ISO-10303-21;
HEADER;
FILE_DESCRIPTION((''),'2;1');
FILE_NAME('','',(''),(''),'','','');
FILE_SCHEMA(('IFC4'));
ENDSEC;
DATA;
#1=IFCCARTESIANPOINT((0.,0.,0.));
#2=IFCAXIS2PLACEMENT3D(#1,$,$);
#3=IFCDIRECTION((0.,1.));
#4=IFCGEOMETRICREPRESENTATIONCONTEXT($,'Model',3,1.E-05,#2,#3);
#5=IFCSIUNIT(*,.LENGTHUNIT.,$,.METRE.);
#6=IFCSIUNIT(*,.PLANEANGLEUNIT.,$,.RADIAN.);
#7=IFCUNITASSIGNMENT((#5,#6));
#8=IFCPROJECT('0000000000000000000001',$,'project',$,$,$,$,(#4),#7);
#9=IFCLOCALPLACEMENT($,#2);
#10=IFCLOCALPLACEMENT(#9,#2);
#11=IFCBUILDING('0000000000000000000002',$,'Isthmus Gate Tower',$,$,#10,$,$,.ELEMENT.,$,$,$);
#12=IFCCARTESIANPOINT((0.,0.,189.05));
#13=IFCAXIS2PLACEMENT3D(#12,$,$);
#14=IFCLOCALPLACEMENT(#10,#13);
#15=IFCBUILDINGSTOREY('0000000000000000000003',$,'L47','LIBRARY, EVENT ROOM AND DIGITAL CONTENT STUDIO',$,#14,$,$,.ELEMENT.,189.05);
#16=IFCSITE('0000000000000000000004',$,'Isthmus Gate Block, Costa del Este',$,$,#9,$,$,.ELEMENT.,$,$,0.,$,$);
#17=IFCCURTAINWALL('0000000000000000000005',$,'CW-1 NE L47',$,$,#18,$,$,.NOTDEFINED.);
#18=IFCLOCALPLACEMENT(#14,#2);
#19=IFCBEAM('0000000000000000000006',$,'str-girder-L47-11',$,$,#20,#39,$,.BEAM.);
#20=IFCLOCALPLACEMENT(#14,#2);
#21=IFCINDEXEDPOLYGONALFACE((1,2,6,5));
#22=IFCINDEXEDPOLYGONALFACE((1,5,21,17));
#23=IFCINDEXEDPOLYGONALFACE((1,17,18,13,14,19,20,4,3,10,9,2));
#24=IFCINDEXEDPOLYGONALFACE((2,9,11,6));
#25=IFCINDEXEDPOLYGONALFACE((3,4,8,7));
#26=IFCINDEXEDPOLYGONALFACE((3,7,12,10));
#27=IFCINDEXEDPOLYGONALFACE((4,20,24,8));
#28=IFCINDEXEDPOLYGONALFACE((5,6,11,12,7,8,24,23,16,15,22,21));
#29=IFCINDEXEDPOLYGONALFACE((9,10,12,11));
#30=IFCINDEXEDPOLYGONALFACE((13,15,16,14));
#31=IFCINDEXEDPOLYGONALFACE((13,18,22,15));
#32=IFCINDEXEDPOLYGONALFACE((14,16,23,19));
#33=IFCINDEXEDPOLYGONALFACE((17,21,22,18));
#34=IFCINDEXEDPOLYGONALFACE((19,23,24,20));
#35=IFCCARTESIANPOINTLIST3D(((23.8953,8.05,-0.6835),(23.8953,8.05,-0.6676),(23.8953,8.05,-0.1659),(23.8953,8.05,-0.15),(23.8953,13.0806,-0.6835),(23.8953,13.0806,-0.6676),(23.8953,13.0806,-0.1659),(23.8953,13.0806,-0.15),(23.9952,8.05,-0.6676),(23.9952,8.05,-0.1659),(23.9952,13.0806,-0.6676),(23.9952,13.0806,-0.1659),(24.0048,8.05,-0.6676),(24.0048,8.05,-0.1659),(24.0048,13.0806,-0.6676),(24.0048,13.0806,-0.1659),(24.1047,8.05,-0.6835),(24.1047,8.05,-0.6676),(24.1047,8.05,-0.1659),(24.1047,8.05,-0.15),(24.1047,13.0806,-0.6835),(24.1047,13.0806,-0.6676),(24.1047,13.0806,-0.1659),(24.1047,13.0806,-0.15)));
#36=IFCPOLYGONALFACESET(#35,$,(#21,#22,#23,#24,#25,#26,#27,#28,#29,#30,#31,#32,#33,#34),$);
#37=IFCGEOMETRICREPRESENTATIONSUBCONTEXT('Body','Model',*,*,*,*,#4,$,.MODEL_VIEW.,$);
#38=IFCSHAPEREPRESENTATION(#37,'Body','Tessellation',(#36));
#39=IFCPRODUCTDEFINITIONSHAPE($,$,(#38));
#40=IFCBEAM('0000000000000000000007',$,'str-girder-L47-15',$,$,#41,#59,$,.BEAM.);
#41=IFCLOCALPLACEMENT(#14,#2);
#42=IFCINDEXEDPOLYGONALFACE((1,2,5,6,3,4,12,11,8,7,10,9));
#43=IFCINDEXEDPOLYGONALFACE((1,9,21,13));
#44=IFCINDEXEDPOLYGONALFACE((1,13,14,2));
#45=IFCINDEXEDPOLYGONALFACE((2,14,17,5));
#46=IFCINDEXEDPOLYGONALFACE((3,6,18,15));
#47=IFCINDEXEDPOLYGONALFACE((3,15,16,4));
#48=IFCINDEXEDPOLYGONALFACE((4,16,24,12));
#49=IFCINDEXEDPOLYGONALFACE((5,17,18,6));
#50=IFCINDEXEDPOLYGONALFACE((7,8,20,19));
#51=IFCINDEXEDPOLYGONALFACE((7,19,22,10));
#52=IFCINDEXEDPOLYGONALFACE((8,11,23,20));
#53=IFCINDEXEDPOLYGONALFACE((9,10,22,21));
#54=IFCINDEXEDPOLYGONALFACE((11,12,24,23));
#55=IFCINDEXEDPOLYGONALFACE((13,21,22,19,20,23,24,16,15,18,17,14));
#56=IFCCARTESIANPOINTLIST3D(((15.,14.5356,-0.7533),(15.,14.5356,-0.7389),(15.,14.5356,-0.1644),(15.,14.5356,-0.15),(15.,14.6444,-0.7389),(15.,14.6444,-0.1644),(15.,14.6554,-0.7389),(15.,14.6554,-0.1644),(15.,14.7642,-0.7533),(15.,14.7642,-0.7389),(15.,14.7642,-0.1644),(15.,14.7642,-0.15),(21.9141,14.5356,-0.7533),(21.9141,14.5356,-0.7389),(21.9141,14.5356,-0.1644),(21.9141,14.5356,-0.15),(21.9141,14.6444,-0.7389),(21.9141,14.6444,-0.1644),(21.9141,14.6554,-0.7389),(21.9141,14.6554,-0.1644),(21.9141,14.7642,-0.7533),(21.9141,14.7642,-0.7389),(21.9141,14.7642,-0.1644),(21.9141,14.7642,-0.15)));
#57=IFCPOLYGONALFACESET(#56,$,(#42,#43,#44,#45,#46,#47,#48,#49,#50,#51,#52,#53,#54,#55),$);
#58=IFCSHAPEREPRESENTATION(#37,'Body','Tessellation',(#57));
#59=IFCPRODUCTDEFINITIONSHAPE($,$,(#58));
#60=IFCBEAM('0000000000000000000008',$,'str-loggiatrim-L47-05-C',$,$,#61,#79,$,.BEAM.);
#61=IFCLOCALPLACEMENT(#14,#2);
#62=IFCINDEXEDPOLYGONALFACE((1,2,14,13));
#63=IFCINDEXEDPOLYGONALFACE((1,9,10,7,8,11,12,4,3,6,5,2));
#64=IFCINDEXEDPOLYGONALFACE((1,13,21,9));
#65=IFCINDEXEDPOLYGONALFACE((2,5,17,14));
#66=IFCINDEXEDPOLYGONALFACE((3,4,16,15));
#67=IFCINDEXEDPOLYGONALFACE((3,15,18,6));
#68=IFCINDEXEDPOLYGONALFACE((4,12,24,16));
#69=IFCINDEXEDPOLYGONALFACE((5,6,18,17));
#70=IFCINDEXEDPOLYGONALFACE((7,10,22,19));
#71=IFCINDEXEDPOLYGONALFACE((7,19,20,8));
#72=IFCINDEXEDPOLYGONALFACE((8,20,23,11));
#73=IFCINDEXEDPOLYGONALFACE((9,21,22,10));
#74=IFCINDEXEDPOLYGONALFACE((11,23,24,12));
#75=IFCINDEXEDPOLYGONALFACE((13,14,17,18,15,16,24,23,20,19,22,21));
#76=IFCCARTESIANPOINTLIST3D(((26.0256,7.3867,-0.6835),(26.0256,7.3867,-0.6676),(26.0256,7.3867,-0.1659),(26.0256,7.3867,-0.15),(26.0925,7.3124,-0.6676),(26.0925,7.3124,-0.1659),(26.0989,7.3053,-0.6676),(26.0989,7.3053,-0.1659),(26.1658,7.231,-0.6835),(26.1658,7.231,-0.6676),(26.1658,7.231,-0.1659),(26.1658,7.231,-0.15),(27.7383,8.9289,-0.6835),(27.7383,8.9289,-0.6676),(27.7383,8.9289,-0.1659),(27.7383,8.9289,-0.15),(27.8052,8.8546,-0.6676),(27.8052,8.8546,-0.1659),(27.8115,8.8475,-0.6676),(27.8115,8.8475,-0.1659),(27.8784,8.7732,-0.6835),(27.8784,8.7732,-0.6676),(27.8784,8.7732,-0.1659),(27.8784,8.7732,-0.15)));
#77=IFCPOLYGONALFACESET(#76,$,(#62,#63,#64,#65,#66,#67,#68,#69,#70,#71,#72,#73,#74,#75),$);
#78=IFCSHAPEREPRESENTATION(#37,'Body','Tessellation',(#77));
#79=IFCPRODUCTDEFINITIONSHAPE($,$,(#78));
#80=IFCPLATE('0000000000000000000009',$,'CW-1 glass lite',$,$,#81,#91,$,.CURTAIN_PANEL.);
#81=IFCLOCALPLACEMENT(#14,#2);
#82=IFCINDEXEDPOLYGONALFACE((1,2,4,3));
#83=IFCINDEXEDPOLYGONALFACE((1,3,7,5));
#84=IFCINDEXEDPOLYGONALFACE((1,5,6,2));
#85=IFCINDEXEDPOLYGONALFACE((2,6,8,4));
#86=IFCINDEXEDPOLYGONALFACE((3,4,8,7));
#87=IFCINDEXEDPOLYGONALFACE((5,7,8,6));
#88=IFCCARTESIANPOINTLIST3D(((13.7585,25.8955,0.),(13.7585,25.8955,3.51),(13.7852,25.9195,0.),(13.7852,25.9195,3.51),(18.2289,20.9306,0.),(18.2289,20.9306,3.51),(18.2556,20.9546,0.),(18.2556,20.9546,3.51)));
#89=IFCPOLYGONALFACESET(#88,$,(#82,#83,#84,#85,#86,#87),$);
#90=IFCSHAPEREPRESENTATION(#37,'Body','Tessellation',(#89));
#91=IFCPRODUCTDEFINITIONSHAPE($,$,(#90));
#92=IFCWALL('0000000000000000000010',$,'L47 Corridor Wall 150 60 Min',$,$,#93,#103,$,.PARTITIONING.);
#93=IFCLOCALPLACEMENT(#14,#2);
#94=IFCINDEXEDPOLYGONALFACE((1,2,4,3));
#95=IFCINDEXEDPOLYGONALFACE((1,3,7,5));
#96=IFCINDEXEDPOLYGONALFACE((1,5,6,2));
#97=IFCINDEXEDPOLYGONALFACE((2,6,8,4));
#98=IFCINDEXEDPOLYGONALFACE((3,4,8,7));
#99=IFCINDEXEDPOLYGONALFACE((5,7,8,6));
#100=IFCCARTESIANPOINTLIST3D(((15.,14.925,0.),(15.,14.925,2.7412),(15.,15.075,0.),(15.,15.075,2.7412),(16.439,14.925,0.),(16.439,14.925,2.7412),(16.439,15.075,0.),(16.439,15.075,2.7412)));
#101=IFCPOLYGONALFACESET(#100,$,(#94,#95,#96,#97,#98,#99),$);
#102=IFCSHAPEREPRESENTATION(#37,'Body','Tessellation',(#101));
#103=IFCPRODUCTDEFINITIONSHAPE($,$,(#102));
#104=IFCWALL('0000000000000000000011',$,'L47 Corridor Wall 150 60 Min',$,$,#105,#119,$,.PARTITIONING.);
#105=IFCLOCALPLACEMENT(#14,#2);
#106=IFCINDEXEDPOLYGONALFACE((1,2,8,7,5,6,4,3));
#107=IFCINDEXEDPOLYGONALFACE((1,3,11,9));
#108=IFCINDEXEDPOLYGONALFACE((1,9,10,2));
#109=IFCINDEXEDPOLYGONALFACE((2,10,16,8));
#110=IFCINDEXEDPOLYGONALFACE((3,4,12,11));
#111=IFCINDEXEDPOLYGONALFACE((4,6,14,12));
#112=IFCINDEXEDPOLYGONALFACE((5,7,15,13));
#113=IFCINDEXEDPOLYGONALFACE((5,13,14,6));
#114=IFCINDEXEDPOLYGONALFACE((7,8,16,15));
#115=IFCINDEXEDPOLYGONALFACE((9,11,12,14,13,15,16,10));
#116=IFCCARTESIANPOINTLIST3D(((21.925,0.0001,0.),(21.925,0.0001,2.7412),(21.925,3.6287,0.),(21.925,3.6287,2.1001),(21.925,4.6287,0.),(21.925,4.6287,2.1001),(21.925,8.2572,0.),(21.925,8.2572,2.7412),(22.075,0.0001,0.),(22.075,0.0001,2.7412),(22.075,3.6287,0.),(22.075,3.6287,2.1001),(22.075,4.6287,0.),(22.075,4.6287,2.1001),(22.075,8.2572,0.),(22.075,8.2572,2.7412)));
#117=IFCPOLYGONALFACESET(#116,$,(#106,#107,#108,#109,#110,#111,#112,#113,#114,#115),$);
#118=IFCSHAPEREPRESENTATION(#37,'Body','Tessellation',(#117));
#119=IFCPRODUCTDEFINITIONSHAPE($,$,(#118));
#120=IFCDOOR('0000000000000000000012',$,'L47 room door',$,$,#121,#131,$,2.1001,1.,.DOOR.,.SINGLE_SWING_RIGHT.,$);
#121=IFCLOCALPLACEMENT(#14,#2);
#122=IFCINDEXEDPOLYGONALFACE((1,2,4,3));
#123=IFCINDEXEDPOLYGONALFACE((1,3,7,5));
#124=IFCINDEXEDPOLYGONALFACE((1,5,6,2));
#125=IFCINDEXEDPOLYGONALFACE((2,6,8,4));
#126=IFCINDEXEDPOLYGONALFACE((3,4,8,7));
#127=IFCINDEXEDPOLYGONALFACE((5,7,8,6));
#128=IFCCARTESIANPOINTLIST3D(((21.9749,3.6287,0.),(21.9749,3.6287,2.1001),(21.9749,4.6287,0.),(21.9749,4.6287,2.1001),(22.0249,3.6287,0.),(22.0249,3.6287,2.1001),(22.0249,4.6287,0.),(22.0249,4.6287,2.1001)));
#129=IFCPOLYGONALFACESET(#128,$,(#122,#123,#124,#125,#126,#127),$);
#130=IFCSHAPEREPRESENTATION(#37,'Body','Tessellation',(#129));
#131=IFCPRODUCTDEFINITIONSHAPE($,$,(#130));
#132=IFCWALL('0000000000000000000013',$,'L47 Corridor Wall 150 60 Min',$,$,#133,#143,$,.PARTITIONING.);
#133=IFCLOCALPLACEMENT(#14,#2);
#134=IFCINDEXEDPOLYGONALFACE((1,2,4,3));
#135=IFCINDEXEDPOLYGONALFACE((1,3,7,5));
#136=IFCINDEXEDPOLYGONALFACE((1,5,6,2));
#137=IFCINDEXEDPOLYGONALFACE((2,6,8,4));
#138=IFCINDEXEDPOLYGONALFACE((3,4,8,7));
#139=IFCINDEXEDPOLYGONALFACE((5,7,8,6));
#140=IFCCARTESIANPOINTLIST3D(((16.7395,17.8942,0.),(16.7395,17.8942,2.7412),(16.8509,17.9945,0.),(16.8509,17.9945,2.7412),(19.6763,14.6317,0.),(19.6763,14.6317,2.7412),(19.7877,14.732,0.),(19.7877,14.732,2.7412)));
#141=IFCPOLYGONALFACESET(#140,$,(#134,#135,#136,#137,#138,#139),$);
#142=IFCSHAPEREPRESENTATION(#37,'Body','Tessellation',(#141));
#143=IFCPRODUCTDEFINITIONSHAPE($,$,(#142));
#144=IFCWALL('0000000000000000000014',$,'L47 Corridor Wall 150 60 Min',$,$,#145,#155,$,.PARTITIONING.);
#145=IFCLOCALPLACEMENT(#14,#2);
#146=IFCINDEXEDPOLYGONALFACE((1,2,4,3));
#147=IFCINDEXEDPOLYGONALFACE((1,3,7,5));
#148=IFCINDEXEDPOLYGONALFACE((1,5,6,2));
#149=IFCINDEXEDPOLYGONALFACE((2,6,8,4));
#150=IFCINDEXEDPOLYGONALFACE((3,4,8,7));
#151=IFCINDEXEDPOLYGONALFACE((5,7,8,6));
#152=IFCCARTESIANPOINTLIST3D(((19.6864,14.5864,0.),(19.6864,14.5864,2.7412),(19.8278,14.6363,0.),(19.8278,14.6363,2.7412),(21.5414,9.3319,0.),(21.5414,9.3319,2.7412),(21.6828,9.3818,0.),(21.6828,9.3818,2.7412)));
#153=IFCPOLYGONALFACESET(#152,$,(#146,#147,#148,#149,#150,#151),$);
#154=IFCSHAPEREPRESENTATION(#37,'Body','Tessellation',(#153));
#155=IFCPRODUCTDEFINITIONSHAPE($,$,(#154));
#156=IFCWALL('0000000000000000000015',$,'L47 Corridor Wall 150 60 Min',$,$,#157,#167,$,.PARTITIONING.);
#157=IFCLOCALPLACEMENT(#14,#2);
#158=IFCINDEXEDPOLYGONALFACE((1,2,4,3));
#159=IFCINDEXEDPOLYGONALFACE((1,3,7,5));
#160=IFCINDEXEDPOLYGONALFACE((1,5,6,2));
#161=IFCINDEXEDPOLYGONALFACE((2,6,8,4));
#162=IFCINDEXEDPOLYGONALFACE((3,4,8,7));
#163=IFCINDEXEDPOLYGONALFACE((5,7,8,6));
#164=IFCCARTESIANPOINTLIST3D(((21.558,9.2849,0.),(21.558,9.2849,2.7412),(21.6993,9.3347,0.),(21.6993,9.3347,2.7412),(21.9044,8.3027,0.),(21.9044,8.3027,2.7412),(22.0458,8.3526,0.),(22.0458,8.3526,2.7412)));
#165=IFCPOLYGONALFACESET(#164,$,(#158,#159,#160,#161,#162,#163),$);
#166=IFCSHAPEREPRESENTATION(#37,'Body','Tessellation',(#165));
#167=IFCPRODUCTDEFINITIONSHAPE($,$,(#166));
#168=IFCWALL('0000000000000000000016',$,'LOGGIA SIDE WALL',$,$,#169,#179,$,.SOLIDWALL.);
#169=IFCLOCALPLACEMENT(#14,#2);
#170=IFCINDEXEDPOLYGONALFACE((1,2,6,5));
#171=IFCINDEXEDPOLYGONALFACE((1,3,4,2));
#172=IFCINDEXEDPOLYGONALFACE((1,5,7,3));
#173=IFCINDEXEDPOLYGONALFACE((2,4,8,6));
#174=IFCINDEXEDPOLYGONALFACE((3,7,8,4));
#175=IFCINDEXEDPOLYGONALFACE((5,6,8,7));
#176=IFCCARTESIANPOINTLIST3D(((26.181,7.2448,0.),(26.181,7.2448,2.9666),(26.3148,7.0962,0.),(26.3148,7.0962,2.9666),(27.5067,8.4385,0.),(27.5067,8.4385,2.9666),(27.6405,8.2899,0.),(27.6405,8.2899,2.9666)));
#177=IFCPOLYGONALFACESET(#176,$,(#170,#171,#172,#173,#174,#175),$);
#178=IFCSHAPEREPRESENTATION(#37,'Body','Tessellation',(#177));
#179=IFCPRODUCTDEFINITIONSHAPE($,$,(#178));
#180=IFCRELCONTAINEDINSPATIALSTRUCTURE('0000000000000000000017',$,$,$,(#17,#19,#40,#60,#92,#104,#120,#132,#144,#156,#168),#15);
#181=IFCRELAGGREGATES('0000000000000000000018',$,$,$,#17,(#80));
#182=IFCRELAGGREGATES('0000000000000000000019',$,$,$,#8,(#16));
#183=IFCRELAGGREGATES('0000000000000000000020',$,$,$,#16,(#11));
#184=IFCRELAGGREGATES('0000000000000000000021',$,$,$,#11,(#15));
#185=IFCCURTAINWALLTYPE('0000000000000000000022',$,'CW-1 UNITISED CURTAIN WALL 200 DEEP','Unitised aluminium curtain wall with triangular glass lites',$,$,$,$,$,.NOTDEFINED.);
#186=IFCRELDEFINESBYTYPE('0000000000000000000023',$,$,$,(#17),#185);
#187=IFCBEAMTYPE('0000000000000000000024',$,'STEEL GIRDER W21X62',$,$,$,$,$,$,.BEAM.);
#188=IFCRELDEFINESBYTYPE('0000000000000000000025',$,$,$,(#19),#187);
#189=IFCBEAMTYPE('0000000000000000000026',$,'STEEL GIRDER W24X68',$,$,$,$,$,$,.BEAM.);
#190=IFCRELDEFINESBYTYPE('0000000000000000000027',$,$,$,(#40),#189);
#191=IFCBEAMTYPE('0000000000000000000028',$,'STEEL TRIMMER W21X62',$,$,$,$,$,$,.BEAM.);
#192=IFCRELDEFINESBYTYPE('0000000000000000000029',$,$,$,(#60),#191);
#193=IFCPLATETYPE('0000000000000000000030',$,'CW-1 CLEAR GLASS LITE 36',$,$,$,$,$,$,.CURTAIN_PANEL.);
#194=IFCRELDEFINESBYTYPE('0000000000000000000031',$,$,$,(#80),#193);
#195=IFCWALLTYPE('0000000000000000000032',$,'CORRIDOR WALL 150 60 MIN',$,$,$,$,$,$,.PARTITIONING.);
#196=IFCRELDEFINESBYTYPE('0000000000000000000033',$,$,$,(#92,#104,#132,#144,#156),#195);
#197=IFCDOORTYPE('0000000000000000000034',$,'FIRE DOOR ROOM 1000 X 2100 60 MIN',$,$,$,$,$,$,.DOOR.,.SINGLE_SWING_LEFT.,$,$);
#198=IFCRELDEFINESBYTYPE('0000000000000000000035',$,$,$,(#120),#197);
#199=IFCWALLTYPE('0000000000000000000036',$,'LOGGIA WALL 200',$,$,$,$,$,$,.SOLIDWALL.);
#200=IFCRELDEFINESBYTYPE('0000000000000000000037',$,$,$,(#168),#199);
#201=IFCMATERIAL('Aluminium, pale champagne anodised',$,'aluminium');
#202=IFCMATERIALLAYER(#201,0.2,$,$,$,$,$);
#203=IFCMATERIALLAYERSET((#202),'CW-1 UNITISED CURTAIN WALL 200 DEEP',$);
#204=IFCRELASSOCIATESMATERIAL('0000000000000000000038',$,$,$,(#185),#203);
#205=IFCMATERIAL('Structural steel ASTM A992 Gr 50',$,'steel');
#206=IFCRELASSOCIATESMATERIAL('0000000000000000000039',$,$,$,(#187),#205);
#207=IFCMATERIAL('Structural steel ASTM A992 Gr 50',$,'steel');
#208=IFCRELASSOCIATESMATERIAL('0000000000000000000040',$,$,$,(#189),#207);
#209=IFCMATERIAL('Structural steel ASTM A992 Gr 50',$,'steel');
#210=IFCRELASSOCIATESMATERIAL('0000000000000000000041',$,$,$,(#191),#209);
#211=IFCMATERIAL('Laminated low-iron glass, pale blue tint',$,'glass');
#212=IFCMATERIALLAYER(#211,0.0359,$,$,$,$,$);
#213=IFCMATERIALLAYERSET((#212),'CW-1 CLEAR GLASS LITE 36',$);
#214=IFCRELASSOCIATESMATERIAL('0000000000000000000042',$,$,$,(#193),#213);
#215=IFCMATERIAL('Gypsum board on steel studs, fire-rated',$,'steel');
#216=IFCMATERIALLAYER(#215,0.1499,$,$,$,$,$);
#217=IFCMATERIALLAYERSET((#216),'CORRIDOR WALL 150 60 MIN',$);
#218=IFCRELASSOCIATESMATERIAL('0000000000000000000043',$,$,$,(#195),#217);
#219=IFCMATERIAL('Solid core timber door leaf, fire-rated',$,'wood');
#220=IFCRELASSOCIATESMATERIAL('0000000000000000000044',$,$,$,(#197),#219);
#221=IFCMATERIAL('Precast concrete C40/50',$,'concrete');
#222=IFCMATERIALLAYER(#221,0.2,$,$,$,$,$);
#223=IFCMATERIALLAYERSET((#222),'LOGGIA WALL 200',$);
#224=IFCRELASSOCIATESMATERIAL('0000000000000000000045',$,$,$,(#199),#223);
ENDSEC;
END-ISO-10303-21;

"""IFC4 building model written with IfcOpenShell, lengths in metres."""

from ifc_helpers import new_model, si_unit, direction, frame, frame_2d, origin, origin_2d, place, context, subcontext, project, spatial, rectangle, i_section, extrude, material, layer, layer_set, material_profile, profile_set, type_object, element, fill, aggregate, save


model = new_model("IFC4")

# Units and contexts
model_context = context("Model", 3, precision=1e-05, world=origin(), true_north=direction((0.0, 1.0)))
body_context = subcontext(model_context, "Body", "Model", "MODEL_VIEW")
ifc_project = project(units=[si_unit("LENGTHUNIT", "METRE"), si_unit("PLANEANGLEUNIT", "RADIAN")], contexts=[model_context])

# Site, building, storey
site_placement = place(None, origin())
site = spatial("IfcSite", under=ifc_project, at=site_placement, Name="Isthmus Gate Block, Costa del Este", CompositionType="ELEMENT", RefElevation=0.0)
building_placement = place(site_placement, origin())
building = spatial("IfcBuilding", under=site, at=building_placement, Name="Isthmus Gate Tower", CompositionType="ELEMENT")
storey_placement = place(building_placement, frame((0.0, 0.0, 189.05)))
storey = spatial("IfcBuildingStorey", under=building, at=storey_placement, Name="L47", Description="LIBRARY, EVENT ROOM AND DIGITAL CONTENT STUDIO", CompositionType="ELEMENT", Elevation=189.05)

# Curtain wall
ifc_material_1 = material(Name="Aluminium, pale champagne anodised", Category="aluminium")
ifc_layer_1 = layer(ifc_material_1, 0.2)
ifc_layer_set_1 = layer_set([ifc_layer_1], Name="CW-1 UNITISED CURTAIN WALL 200 DEEP")
curtain_wall_type = type_object("IfcCurtainWallType", Name="CW-1 UNITISED CURTAIN WALL 200 DEEP", Description="Unitised aluminium curtain wall with triangular glass lites", PredefinedType="NOTDEFINED", material=ifc_layer_set_1)
curtain_wall_placement = place(storey_placement, origin())
curtain_wall = element("IfcCurtainWall", 1, at=curtain_wall_placement, inside=storey, type_object=curtain_wall_type, Name="CW-1 NE L47", PredefinedType="NOTDEFINED")

# Beams
ifc_material_2 = material(Name="Structural steel ASTM A992 Gr 50", Category="steel")
ifc_material_profile_1 = material_profile(ifc_material_2, i_section(OverallWidth=0.2095, OverallDepth=0.5334, WebThickness=0.0095, FlangeThickness=0.0159, at=origin_2d()), Name="W21X62")
ifc_profile_set_1 = profile_set([ifc_material_profile_1], Name="Structural steel ASTM A992 Gr 50")
beam_type_1 = type_object("IfcBeamType", Name="STEEL GIRDER W21X62", PredefinedType="BEAM", material=ifc_profile_set_1)
beam_1_placement = place(storey_placement, frame((24.0, 8.05, -0.4167), z_axis=(0.0, 1.0, 0.0), x_axis=(-1.0, 0.0, 0.0)))
element("IfcBeam", 2, at=beam_1_placement, inside=storey, type_object=beam_type_1, Name="str-girder-L47-11", PredefinedType="BEAM", context=body_context, shape_type="SweptSolid", body=[
    extrude(i_section(OverallWidth=0.2095, OverallDepth=0.5334, WebThickness=0.0095, FlangeThickness=0.0159, at=origin_2d()), origin(), (0.0, 0.0, 1.0), 5.0305),
])
ifc_material_3 = material(Name="Structural steel ASTM A992 Gr 50", Category="steel")
ifc_material_profile_2 = material_profile(ifc_material_3, i_section(OverallWidth=0.2285, OverallDepth=0.6033, WebThickness=0.011, FlangeThickness=0.0144, at=origin_2d()), Name="W24X68")
ifc_profile_set_2 = profile_set([ifc_material_profile_2], Name="Structural steel ASTM A992 Gr 50")
beam_type_2 = type_object("IfcBeamType", Name="STEEL GIRDER W24X68", PredefinedType="BEAM", material=ifc_profile_set_2)
beam_2_placement = place(storey_placement, frame((15.0, 14.6499, -0.4517), z_axis=(1.0, 0.0, 0.0), x_axis=(0.0, 1.0, 0.0)))
element("IfcBeam", 3, at=beam_2_placement, inside=storey, type_object=beam_type_2, Name="str-girder-L47-15", PredefinedType="BEAM", context=body_context, shape_type="SweptSolid", body=[
    extrude(i_section(OverallWidth=0.2285, OverallDepth=0.6033, WebThickness=0.011, FlangeThickness=0.0144, at=origin_2d()), origin(), (0.0, 0.0, 1.0), 6.9141),
])
ifc_material_4 = material(Name="Structural steel ASTM A992 Gr 50", Category="steel")
ifc_material_profile_3 = material_profile(ifc_material_4, i_section(OverallWidth=0.2095, OverallDepth=0.5334, WebThickness=0.0095, FlangeThickness=0.0159, at=origin_2d()), Name="W21X62")
ifc_profile_set_3 = profile_set([ifc_material_profile_3], Name="Structural steel ASTM A992 Gr 50")
beam_type_3 = type_object("IfcBeamType", Name="STEEL TRIMMER W21X62", PredefinedType="BEAM", material=ifc_profile_set_3)
beam_3_placement = place(storey_placement, frame((27.8083, 8.8511, -0.4167), z_axis=(-0.74311, -0.66917, 0.0), x_axis=(0.66917, -0.74311, 0.0)))
element("IfcBeam", 4, at=beam_3_placement, inside=storey, type_object=beam_type_3, Name="str-loggiatrim-L47-05-C", PredefinedType="BEAM", context=body_context, shape_type="SweptSolid", body=[
    extrude(i_section(OverallWidth=0.2095, OverallDepth=0.5334, WebThickness=0.0095, FlangeThickness=0.0159, at=origin_2d()), origin(), (0.0, 0.0, 1.0), 2.3047),
])

# Plate
ifc_material_5 = material(Name="Laminated low-iron glass, pale blue tint", Category="glass")
ifc_layer_2 = layer(ifc_material_5, 0.0359)
ifc_layer_set_2 = layer_set([ifc_layer_2], Name="CW-1 CLEAR GLASS LITE 36")
plate_type = type_object("IfcPlateType", Name="CW-1 CLEAR GLASS LITE 36", PredefinedType="CURTAIN_PANEL", material=ifc_layer_set_2)
plate_placement = place(storey_placement, frame((16.0071, 23.425, 0.0), z_axis=(0.0, 0.0, 1.0), x_axis=(-0.669131, 0.743145, 0.0)))
plate = element("IfcPlate", 5, at=plate_placement, type_object=plate_type, Name="CW-1 glass lite", PredefinedType="CURTAIN_PANEL", context=body_context, shape_type="SweptSolid", body=[
    extrude(rectangle(XDim=6.6809, YDim=0.0359, at=origin_2d()), origin(), (0.0, 0.0, 1.0), 3.51),
])

# Wall
ifc_material_6 = material(Name="Gypsum board on steel studs, fire-rated", Category="steel")
ifc_layer_3 = layer(ifc_material_6, 0.1499)
ifc_layer_set_3 = layer_set([ifc_layer_3], Name="CORRIDOR WALL 150 60 MIN")
wall_type_1 = type_object("IfcWallType", Name="CORRIDOR WALL 150 60 MIN", PredefinedType="PARTITIONING", material=ifc_layer_set_3)
wall_1_placement = place(storey_placement, frame((16.439, 15.0, 0.0), z_axis=(0.0, 0.0, 1.0), x_axis=(-1.0, 0.0, 0.0)))
element("IfcWall", 6, at=wall_1_placement, inside=storey, type_object=wall_type_1, Name="L47 Corridor Wall 150 60 Min", PredefinedType="PARTITIONING", context=body_context, shape_type="SweptSolid", body=[
    extrude(rectangle(XDim=1.439, YDim=0.1499, at=frame_2d((0.7195, 0.0))), origin(), (0.0, 0.0, 1.0), 2.7412),
])

# Wall, opening, door
wall_2_placement = place(storey_placement, frame((22.0, 8.2571, 0.0), z_axis=(0.0, 0.0, 1.0), x_axis=(0.0, -1.0, 0.0)))
wall_2 = element("IfcWall", 7, at=wall_2_placement, inside=storey, type_object=wall_type_1, Name="L47 Corridor Wall 150 60 Min", PredefinedType="PARTITIONING", context=body_context, shape_type="SweptSolid", body=[
    extrude(rectangle(XDim=8.2571, YDim=0.1499, at=frame_2d((4.1284, 0.0))), origin(), (0.0, 0.0, 1.0), 2.7412),
])
opening_placement = place(wall_2_placement, frame((3.6284, 0.0, 0.0)))
opening = element("IfcOpeningElement", 8, at=opening_placement, cuts=wall_2, PredefinedType="OPENING", context=body_context, shape_type="SweptSolid", body=[
    extrude(rectangle(XDim=1.0, YDim=2.1001, at=frame_2d((0.5, 1.05))), frame((0.0, 0.085, 0.0), z_axis=(0.0, -1.0, 0.0), x_axis=(1.0, 0.0, 0.0)), (0.0, 0.0, 1.0), 0.1699),
])
ifc_material_7 = material(Name="Solid core timber door leaf, fire-rated", Category="wood")
door_type = type_object("IfcDoorType", Name="FIRE DOOR ROOM 1000 X 2100 60 MIN", OperationType="SINGLE_SWING_LEFT", PredefinedType="DOOR", material=ifc_material_7)
door_placement = place(opening_placement, origin())
door = element("IfcDoor", 9, at=door_placement, inside=storey, type_object=door_type, Name="L47 room door", OperationType="SINGLE_SWING_RIGHT", OverallHeight=2.1001, OverallWidth=1.0, PredefinedType="DOOR", context=body_context, shape_type="SweptSolid", body=[
    extrude(rectangle(XDim=1.0, YDim=2.1001, at=frame_2d((0.5, 1.05))), frame((0.0, 0.0249, 0.0), z_axis=(0.0, -1.0, 0.0), x_axis=(1.0, 0.0, 0.0)), (0.0, 0.0, 1.0), 0.05),
])
fill(opening, door)

# Walls
wall_3_placement = place(storey_placement, frame((16.7952, 17.9443, 0.0), z_axis=(0.0, 0.0, 1.0), x_axis=(0.669035, -0.743231, 0.0)))
element("IfcWall", 10, at=wall_3_placement, inside=storey, type_object=wall_type_1, Name="L47 Corridor Wall 150 60 Min", PredefinedType="PARTITIONING", context=body_context, shape_type="SweptSolid", body=[
    extrude(rectangle(XDim=4.3896, YDim=0.1499, at=frame_2d((2.1948, 0.0))), origin(), (0.0, 0.0, 1.0), 2.7412),
])
wall_4_placement = place(storey_placement, frame((19.7571, 14.6113, 0.0), z_axis=(0.0, 0.0, 1.0), x_axis=(0.332898, -0.942963, 0.0)))
element("IfcWall", 11, at=wall_4_placement, inside=storey, type_object=wall_type_1, Name="L47 Corridor Wall 150 60 Min", PredefinedType="PARTITIONING", context=body_context, shape_type="SweptSolid", body=[
    extrude(rectangle(XDim=5.5723, YDim=0.1499, at=frame_2d((2.7861, 0.0))), origin(), (0.0, 0.0, 1.0), 2.7412),
])
wall_5_placement = place(storey_placement, frame((21.6287, 9.3098, 0.0), z_axis=(0.0, 0.0, 1.0), x_axis=(0.332636, -0.943055, 0.0)))
element("IfcWall", 12, at=wall_5_placement, inside=storey, type_object=wall_type_1, Name="L47 Corridor Wall 150 60 Min", PredefinedType="PARTITIONING", context=body_context, shape_type="SweptSolid", body=[
    extrude(rectangle(XDim=1.0415, YDim=0.1499, at=frame_2d((0.5208, 0.0))), origin(), (0.0, 0.0, 1.0), 2.7412),
])
ifc_material_8 = material(Name="Precast concrete C40/50", Category="concrete")
ifc_layer_4 = layer(ifc_material_8, 0.2)
ifc_layer_set_4 = layer_set([ifc_layer_4], Name="LOGGIA WALL 200")
wall_type_2 = type_object("IfcWallType", Name="LOGGIA WALL 200", PredefinedType="SOLIDWALL", material=ifc_layer_set_4)
wall_6_placement = place(storey_placement, frame((27.5737, 8.3643, 0.0), z_axis=(0.0, 0.0, 1.0), x_axis=(-0.743158, -0.669116, 0.0)))
element("IfcWall", 13, at=wall_6_placement, inside=storey, type_object=wall_type_2, Name="LOGGIA SIDE WALL", PredefinedType="SOLIDWALL", context=body_context, shape_type="SweptSolid", body=[
    extrude(rectangle(XDim=1.7839, YDim=0.2, at=frame_2d((0.8921, 0.0))), origin(), (0.0, 0.0, 1.0), 2.9666),
])

aggregate(curtain_wall, [plate])

save(model, "model.ifc")
